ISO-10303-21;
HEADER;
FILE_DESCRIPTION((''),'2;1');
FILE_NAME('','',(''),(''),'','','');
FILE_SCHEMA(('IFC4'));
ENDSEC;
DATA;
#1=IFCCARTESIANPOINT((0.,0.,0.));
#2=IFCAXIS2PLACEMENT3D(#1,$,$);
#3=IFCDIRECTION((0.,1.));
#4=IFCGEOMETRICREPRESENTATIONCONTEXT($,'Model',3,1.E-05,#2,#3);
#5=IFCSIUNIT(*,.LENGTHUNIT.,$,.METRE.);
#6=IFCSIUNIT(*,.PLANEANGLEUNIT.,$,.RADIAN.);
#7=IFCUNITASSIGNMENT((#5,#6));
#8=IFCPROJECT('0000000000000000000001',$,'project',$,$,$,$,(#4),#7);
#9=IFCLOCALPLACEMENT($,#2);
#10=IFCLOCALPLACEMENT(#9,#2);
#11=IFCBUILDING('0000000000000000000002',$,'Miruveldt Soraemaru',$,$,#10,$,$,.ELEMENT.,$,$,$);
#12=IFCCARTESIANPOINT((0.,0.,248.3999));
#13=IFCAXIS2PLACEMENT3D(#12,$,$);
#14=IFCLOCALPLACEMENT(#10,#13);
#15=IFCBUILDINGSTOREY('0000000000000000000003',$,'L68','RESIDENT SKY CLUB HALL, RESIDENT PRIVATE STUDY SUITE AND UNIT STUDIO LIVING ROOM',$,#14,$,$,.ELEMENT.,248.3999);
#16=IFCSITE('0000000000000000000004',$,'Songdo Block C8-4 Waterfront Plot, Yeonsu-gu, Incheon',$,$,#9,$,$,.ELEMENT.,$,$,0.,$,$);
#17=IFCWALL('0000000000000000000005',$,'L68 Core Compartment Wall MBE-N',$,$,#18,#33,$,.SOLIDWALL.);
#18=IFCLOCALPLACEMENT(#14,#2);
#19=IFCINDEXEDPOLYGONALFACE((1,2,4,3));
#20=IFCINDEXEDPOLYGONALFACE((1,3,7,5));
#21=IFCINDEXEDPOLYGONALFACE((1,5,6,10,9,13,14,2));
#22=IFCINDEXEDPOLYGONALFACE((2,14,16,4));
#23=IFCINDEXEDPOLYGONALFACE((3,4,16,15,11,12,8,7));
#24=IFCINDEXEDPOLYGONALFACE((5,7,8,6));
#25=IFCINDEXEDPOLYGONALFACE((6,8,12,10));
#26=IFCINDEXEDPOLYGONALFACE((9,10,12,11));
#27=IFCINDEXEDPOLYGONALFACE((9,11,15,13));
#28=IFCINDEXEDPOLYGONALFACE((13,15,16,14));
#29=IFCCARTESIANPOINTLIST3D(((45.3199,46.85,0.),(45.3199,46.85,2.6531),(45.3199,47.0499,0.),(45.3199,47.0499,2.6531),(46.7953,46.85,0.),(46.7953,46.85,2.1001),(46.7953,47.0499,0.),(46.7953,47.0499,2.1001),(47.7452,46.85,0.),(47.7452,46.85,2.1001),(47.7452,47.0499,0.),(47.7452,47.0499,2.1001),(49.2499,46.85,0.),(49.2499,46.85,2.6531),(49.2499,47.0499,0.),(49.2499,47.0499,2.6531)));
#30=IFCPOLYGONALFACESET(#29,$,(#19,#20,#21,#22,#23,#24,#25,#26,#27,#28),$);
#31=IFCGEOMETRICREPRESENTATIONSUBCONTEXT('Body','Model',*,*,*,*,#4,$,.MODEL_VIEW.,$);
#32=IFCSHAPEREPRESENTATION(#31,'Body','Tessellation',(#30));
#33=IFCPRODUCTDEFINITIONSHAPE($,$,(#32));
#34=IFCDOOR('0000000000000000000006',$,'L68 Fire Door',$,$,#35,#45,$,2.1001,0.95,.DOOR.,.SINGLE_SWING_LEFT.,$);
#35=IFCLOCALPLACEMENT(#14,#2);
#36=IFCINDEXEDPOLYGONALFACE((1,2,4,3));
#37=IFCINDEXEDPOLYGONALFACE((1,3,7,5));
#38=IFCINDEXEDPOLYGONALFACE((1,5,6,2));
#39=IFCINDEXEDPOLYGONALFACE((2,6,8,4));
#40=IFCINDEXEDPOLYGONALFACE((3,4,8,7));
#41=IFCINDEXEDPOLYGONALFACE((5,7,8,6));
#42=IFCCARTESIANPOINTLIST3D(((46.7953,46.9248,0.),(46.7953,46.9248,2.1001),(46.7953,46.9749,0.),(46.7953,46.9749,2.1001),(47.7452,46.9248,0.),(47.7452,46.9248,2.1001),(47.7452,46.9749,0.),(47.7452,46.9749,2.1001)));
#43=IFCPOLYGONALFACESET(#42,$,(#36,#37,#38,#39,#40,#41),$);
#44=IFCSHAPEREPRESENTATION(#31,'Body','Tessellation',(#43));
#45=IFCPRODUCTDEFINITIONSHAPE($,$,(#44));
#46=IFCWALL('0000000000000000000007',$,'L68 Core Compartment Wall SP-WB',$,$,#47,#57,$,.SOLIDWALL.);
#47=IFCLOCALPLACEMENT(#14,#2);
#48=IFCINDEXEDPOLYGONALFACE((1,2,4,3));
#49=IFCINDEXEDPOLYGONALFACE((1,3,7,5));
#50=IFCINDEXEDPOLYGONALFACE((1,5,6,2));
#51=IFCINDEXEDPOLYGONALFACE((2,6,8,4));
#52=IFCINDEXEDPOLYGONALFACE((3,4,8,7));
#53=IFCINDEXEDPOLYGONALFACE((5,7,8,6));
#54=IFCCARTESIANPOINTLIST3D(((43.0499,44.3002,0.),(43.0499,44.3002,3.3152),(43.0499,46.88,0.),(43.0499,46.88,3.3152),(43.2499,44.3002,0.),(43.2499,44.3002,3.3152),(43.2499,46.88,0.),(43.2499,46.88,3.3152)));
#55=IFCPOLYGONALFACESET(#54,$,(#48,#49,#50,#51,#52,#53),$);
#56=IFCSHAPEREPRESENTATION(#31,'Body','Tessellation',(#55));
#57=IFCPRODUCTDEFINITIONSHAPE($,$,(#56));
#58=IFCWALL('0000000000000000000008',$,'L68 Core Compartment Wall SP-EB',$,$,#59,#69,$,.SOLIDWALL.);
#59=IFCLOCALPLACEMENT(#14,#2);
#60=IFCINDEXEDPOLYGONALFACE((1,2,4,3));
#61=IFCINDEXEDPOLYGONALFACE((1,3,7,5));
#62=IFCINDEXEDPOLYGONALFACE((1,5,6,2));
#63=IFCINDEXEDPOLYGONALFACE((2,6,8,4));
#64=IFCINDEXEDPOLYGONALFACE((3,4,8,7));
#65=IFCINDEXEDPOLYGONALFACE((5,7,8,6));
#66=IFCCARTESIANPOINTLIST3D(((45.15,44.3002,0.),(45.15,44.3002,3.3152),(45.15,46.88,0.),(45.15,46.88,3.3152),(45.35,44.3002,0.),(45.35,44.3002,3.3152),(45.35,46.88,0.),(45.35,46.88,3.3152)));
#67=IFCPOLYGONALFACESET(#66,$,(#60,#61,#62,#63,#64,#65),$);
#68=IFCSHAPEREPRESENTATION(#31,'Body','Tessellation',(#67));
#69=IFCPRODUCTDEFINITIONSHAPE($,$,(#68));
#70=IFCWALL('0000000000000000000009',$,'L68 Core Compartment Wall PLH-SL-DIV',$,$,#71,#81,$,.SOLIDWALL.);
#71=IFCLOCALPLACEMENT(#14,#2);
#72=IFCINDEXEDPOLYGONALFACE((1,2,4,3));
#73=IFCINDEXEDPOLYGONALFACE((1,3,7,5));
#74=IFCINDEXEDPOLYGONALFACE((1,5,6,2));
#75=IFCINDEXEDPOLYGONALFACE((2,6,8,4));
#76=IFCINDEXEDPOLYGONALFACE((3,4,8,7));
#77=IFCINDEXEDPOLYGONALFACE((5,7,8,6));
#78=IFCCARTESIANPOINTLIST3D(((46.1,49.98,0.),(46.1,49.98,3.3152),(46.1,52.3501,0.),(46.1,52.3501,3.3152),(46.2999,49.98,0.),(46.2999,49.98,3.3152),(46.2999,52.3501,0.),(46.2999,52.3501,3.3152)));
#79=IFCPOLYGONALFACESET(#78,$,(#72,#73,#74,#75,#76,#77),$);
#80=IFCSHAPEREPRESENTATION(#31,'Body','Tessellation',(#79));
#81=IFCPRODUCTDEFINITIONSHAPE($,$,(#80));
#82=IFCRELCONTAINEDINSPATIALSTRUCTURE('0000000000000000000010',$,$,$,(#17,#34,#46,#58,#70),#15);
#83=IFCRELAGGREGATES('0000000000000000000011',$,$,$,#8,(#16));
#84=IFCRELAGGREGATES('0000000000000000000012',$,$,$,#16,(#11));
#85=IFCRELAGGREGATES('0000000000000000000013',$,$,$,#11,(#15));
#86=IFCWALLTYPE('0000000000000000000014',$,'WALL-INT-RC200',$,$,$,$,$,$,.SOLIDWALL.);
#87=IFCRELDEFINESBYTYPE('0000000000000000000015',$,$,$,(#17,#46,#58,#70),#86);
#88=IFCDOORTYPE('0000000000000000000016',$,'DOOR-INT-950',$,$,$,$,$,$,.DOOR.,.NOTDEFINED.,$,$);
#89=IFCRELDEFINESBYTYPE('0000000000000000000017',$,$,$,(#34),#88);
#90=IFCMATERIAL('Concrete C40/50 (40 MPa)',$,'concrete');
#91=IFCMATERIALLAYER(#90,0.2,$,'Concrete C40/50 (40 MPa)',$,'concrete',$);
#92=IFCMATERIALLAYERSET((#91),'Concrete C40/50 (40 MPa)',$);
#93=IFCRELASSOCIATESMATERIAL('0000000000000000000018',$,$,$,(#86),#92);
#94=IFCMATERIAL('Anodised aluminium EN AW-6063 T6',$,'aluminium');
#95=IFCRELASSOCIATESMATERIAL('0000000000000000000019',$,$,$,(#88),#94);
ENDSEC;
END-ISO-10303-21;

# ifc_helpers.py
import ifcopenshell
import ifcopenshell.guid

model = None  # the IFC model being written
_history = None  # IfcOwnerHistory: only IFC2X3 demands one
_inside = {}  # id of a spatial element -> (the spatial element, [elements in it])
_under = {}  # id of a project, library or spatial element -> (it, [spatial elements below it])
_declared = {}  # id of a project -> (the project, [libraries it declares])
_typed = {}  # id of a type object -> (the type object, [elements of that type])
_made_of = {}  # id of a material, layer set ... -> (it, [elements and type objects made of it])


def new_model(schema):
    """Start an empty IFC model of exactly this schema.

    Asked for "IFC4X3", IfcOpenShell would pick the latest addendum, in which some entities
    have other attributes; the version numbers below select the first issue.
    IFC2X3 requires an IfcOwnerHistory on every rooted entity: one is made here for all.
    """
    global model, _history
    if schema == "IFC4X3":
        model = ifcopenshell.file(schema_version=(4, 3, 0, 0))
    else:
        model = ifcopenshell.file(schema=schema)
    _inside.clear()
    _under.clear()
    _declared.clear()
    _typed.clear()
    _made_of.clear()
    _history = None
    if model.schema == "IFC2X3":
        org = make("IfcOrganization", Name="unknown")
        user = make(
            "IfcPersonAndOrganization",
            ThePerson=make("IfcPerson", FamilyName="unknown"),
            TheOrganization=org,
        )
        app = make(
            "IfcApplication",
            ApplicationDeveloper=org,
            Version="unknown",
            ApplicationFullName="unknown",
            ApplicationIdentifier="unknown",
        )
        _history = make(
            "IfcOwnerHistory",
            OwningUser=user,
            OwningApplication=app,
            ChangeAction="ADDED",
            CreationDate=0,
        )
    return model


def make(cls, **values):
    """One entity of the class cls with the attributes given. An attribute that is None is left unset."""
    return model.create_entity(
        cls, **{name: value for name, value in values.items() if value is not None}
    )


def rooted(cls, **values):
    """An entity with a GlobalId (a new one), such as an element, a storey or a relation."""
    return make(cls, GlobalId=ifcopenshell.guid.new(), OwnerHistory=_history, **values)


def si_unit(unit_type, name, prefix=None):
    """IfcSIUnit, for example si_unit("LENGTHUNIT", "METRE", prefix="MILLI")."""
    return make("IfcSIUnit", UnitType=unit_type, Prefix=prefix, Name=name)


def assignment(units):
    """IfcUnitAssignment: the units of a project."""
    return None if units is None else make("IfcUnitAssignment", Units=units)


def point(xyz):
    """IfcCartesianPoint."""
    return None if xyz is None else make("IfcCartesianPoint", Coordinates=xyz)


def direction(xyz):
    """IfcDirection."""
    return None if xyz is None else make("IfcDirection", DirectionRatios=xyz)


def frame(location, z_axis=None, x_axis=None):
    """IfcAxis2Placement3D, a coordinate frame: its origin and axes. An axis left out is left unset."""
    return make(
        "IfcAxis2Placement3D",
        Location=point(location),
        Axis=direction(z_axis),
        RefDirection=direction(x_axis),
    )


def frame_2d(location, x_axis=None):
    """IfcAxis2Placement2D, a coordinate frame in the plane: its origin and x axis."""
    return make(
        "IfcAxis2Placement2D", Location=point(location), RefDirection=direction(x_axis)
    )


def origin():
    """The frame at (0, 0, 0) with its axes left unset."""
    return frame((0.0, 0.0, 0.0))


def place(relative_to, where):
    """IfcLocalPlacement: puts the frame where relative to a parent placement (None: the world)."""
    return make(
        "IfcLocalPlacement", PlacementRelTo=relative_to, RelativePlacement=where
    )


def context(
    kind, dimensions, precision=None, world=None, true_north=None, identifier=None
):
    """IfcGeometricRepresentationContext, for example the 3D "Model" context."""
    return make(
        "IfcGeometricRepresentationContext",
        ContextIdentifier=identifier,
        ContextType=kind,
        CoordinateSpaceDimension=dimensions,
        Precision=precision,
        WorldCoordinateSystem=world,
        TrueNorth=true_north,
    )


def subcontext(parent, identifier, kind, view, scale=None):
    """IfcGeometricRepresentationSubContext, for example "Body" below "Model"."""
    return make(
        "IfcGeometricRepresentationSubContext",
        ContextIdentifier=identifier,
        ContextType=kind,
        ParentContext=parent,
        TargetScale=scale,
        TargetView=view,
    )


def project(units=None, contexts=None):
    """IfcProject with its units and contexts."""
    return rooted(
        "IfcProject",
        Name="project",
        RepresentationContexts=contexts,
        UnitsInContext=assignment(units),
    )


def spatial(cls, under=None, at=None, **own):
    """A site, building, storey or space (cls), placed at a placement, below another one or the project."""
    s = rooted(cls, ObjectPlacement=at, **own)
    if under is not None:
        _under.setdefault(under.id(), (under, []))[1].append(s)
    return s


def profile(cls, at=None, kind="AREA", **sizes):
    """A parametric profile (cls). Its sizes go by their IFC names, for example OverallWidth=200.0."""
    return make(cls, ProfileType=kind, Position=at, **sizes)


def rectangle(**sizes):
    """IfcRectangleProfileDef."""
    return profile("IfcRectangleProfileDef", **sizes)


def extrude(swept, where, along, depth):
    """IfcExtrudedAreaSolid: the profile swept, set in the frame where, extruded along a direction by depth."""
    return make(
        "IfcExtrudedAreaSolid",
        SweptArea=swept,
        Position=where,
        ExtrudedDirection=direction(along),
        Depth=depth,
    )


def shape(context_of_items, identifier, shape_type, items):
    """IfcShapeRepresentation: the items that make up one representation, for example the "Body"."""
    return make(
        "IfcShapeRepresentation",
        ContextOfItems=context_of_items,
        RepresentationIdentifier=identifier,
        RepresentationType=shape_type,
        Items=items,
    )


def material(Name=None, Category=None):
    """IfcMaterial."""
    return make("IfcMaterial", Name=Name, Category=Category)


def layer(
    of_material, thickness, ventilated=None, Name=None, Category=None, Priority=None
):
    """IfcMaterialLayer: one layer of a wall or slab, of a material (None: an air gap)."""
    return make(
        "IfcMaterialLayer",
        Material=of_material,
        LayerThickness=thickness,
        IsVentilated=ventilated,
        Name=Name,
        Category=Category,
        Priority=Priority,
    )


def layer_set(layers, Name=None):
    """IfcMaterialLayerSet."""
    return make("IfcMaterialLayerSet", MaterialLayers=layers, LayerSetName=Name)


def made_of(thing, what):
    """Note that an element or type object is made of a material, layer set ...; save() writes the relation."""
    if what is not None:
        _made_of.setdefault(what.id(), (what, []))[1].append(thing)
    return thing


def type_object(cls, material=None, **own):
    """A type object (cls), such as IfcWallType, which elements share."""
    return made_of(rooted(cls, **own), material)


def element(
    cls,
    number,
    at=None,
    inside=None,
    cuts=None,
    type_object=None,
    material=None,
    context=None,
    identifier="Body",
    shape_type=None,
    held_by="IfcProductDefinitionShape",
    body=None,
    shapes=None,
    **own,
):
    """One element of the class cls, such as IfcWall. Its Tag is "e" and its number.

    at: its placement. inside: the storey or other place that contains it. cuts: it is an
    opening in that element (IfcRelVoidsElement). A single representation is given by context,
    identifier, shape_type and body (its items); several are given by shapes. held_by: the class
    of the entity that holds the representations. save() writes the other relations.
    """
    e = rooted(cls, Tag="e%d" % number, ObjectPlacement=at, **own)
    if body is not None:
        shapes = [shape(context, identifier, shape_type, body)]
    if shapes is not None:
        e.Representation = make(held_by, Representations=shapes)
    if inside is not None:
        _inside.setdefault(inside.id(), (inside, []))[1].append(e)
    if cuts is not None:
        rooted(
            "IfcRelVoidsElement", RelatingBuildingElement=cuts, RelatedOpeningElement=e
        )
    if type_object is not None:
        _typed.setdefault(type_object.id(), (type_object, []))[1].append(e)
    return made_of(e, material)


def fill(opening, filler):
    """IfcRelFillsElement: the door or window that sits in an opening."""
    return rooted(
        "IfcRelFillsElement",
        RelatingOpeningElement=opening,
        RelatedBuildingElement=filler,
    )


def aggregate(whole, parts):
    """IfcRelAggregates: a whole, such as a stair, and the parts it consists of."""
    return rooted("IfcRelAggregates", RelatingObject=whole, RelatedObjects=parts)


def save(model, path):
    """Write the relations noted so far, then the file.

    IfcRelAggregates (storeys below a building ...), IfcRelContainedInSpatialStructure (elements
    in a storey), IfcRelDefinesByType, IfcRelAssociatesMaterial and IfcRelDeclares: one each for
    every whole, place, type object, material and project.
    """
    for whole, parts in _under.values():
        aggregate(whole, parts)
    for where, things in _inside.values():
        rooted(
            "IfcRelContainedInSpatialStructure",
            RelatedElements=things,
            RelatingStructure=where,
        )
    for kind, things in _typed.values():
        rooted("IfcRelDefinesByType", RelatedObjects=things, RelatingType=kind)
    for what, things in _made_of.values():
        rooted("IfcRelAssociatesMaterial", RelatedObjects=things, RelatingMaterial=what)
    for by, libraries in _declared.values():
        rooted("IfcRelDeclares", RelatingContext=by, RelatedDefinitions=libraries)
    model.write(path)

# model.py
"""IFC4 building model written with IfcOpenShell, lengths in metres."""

from ifc_helpers import new_model, si_unit, direction, frame, frame_2d, origin, place, context, subcontext, project, spatial, rectangle, extrude, material, layer, layer_set, type_object, element, fill, save


model = new_model("IFC4")

# Units and contexts
model_context = context("Model", 3, precision=1e-05, world=origin(), true_north=direction((0.0, 1.0)))
body_context = subcontext(model_context, "Body", "Model", "MODEL_VIEW")
ifc_project = project(units=[si_unit("LENGTHUNIT", "METRE"), si_unit("PLANEANGLEUNIT", "RADIAN")], contexts=[model_context])

# Site, building, storey
site_placement = place(None, origin())
site = spatial("IfcSite", under=ifc_project, at=site_placement, Name="Songdo Block C8-4 Waterfront Plot, Yeonsu-gu, Incheon", CompositionType="ELEMENT", RefElevation=0.0)
building_placement = place(site_placement, origin())
building = spatial("IfcBuilding", under=site, at=building_placement, Name="Miruveldt Soraemaru", CompositionType="ELEMENT")
storey_placement = place(building_placement, frame((0.0, 0.0, 248.3999)))
storey = spatial("IfcBuildingStorey", under=building, at=storey_placement, Name="L68", Description="RESIDENT SKY CLUB HALL, RESIDENT PRIVATE STUDY SUITE AND UNIT STUDIO LIVING ROOM", CompositionType="ELEMENT", Elevation=248.3999)

# Shared definitions
ifc_material_1 = material(Name="Concrete C40/50 (40 MPa)", Category="concrete")

# Shared definitions
ifc_layer_1 = layer(ifc_material_1, 0.2, Name="Concrete C40/50 (40 MPa)", Category="concrete")
ifc_layer_set_1 = layer_set([ifc_layer_1], Name="Concrete C40/50 (40 MPa)")
wall_type_1 = type_object("IfcWallType", Name="WALL-INT-RC200", PredefinedType="SOLIDWALL", material=ifc_layer_set_1)
ifc_material_2 = material(Name="Anodised aluminium EN AW-6063 T6", Category="aluminium")

# Wall, opening, door
wall_1_placement = place(storey_placement, frame((45.3201, 46.95, 0.0), z_axis=(0.0, 0.0, 1.0), x_axis=(1.0, 0.0, 0.0)))
wall_1 = element("IfcWall", 1, at=wall_1_placement, inside=storey, type_object=wall_type_1, Name="L68 Core Compartment Wall MBE-N", PredefinedType="SOLIDWALL", context=body_context, shape_type="SweptSolid", body=[
    extrude(rectangle(XDim=3.9299, YDim=0.2, at=frame_2d((1.9648, 0.0))), origin(), (0.0, 0.0, 1.0), 2.6531),
])
opening_1_placement = place(wall_1_placement, frame((1.4751, 0.0, 0.0)))
opening_1 = element("IfcOpeningElement", 2, at=opening_1_placement, cuts=wall_1, PredefinedType="OPENING", context=body_context, shape_type="SweptSolid", body=[
    extrude(rectangle(XDim=0.95, YDim=2.1001, at=frame_2d((0.4751, 1.05))), frame((0.0, 0.1099, 0.0), z_axis=(0.0, -1.0, 0.0), x_axis=(1.0, 0.0, 0.0)), (0.0, 0.0, 1.0), 0.22),
])
door_type_1 = type_object("IfcDoorType", Name="DOOR-INT-950", OperationType="NOTDEFINED", PredefinedType="DOOR", material=ifc_material_2)
door_1_placement = place(opening_1_placement, origin())
door_1 = element("IfcDoor", 3, at=door_1_placement, inside=storey, type_object=door_type_1, Name="L68 Fire Door", OperationType="SINGLE_SWING_LEFT", OverallHeight=2.1001, OverallWidth=0.95, PredefinedType="DOOR", context=body_context, shape_type="SweptSolid", body=[
    extrude(rectangle(XDim=0.95, YDim=2.1001, at=frame_2d((0.4751, 1.05))), frame((0.0, 0.0249, 0.0), z_axis=(0.0, -1.0, 0.0), x_axis=(1.0, 0.0, 0.0)), (0.0, 0.0, 1.0), 0.05),
])
fill(opening_1, door_1)

# Walls
for number, where, z_axis, x_axis, name in (
    (4, (43.1499, 44.3, 0.0), (0.0, 0.0, 1.0), (0.0, 1.0, 0.0), "L68 Core Compartment Wall SP-WB"),
    (5, (45.25, 44.3, 0.0), (0.0, 0.0, 1.0), (0.0, 1.0, 0.0), "L68 Core Compartment Wall SP-EB"),
):
    element("IfcWall", number, at=place(storey_placement, frame(where, z_axis=z_axis, x_axis=x_axis)), inside=storey, type_object=wall_type_1, Name=name, PredefinedType="SOLIDWALL", context=body_context, shape_type="SweptSolid", body=[
        extrude(rectangle(XDim=2.5798, YDim=0.2, at=frame_2d((1.29, 0.0))), origin(), (0.0, 0.0, 1.0), 3.3152),
    ])
wall_2_placement = place(storey_placement, frame((46.2, 49.98, 0.0), z_axis=(0.0, 0.0, 1.0), x_axis=(0.0, 1.0, 0.0)))
element("IfcWall", 6, at=wall_2_placement, inside=storey, type_object=wall_type_1, Name="L68 Core Compartment Wall PLH-SL-DIV", PredefinedType="SOLIDWALL", context=body_context, shape_type="SweptSolid", body=[
    extrude(rectangle(XDim=2.3701, YDim=0.2, at=frame_2d((1.1851, 0.0))), origin(), (0.0, 0.0, 1.0), 3.3152),
])

save(model, "model.ifc")
